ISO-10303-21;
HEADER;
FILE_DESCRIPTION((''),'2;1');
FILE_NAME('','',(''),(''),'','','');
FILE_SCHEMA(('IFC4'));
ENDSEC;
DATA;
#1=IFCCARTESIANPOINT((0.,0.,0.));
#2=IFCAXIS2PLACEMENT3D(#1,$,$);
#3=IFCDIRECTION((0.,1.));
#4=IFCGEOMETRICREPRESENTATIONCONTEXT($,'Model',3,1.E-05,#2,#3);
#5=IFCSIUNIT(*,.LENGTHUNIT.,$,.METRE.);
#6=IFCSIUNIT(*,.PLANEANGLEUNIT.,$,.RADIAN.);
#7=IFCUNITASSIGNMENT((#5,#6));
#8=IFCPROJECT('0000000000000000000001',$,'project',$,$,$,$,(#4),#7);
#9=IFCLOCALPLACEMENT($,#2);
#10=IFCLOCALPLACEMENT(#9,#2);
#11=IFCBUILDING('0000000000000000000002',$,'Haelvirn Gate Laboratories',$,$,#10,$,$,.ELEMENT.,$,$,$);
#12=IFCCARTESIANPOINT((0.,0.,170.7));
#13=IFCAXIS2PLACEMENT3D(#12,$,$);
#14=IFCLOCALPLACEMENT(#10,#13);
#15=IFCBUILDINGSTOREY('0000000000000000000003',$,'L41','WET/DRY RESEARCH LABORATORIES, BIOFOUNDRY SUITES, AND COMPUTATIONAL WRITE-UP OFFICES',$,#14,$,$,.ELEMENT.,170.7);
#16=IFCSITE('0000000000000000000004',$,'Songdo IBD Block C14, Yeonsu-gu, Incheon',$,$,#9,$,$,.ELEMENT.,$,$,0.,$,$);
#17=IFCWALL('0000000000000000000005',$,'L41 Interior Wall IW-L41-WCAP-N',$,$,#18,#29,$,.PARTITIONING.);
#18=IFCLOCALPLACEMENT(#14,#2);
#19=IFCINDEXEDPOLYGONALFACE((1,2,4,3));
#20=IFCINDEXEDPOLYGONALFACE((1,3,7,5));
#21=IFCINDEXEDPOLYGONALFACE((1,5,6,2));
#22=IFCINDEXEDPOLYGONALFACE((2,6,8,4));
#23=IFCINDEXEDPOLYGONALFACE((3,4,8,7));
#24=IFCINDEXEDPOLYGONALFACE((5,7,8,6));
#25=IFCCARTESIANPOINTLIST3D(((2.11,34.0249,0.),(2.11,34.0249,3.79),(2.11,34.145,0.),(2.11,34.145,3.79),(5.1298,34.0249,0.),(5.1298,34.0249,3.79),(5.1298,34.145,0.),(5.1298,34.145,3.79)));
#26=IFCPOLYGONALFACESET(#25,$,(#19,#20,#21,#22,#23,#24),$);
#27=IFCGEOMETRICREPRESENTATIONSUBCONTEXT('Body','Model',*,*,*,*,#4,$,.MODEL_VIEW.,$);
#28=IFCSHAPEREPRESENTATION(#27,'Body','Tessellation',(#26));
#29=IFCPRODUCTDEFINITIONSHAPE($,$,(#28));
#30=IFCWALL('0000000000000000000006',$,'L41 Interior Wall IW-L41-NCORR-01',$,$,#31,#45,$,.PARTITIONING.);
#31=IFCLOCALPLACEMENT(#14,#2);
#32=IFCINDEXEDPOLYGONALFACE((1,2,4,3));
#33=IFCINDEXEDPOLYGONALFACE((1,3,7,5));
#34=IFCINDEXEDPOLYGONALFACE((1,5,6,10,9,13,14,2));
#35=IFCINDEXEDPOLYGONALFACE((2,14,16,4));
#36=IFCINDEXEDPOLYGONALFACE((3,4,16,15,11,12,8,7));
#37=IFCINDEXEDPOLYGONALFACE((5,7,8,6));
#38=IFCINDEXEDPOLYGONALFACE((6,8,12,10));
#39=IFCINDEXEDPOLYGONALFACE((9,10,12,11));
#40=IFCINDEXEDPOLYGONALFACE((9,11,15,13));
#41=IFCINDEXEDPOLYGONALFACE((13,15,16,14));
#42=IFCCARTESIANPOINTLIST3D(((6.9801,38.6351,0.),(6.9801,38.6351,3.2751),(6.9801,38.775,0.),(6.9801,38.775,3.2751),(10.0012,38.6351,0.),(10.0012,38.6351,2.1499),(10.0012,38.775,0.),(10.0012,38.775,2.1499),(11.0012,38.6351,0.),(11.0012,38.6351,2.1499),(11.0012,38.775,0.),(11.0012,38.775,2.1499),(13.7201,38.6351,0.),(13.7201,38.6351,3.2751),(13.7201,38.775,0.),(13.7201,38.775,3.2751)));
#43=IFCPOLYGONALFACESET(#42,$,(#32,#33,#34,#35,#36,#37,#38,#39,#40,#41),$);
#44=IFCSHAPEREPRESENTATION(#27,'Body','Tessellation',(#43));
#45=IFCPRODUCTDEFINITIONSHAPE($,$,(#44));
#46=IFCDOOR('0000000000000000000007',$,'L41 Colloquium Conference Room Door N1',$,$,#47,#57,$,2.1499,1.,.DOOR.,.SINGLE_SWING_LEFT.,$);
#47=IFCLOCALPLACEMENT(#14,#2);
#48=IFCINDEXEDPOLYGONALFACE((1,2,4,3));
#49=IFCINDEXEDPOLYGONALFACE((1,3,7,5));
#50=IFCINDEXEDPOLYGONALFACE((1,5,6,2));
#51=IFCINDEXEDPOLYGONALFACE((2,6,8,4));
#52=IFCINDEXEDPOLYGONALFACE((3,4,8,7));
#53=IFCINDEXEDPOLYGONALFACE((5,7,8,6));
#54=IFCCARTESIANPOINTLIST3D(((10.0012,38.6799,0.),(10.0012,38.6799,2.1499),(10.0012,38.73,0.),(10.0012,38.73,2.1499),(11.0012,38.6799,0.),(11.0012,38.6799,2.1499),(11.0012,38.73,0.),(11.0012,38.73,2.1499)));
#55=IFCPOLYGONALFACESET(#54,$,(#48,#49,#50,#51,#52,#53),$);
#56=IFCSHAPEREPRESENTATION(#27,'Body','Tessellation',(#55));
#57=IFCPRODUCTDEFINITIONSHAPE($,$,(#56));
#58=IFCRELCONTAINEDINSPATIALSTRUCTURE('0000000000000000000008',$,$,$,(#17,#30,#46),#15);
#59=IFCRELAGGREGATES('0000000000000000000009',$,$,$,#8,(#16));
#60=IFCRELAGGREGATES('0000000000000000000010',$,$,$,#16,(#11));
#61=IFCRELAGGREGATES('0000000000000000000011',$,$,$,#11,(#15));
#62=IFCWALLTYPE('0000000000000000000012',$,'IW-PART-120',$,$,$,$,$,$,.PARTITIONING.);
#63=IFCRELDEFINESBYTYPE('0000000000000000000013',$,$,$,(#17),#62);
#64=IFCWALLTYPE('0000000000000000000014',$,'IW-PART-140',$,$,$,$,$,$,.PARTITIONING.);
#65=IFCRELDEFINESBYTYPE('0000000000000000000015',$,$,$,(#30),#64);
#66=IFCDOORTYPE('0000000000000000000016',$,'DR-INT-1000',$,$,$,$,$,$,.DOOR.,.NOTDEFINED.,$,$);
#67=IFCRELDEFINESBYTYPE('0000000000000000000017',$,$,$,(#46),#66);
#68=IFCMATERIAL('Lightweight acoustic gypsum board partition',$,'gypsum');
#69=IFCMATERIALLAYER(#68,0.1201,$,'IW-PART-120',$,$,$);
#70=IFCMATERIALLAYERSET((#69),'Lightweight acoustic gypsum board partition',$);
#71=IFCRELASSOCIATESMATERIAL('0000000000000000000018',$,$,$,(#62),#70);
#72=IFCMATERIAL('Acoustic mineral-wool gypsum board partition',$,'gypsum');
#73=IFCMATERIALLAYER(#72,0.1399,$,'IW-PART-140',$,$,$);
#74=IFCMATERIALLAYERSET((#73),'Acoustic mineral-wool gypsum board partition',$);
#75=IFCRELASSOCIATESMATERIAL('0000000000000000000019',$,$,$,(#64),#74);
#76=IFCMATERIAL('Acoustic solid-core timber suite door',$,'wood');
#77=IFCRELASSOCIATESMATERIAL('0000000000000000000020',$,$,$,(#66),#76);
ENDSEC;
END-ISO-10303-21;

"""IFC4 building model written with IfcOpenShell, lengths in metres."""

from ifc_helpers import new_model, si_unit, direction, frame, frame_2d, origin, place, context, subcontext, project, spatial, rectangle, extrude, source, transform, mapped, material, layer, layer_set, type_object, type_shapes, element, fill, save


model = new_model("IFC4")

# Units and contexts
model_context = context("Model", 3, precision=1e-05, world=origin(), true_north=direction((0.0, 1.0)))
body_context = subcontext(model_context, "Body", "Model", "MODEL_VIEW")
ifc_project = project(units=[si_unit("LENGTHUNIT", "METRE"), si_unit("PLANEANGLEUNIT", "RADIAN")], contexts=[model_context])

# Site, building, storey
site_placement = place(None, origin())
site = spatial("IfcSite", under=ifc_project, at=site_placement, Name="Songdo IBD Block C14, Yeonsu-gu, Incheon", CompositionType="ELEMENT", RefElevation=0.0)
building_placement = place(site_placement, origin())
building = spatial("IfcBuilding", under=site, at=building_placement, Name="Haelvirn Gate Laboratories", CompositionType="ELEMENT")
storey_placement = place(building_placement, frame((0.0, 0.0, 170.7)))
storey = spatial("IfcBuildingStorey", under=building, at=storey_placement, Name="L41", Description="WET/DRY RESEARCH LABORATORIES, BIOFOUNDRY SUITES, AND COMPUTATIONAL WRITE-UP OFFICES", CompositionType="ELEMENT", Elevation=170.7)

# Wall
ifc_material_1 = material(Name="Lightweight acoustic gypsum board partition", Category="gypsum")
ifc_layer_1 = layer(ifc_material_1, 0.1201, Name="IW-PART-120")
ifc_layer_set_1 = layer_set([ifc_layer_1], Name="Lightweight acoustic gypsum board partition")
wall_type_1 = type_object("IfcWallType", Name="IW-PART-120", PredefinedType="PARTITIONING", material=ifc_layer_set_1)
wall_1_placement = place(storey_placement, frame((2.1101, 34.085, 0.0), z_axis=(0.0, 0.0, 1.0), x_axis=(1.0, 0.0, 0.0)))
element("IfcWall", 1, at=wall_1_placement, inside=storey, type_object=wall_type_1, Name="L41 Interior Wall IW-L41-WCAP-N", PredefinedType="PARTITIONING", context=body_context, shape_type="SweptSolid", body=[
    extrude(rectangle(XDim=3.0198, YDim=0.1201, at=frame_2d((1.5098, 0.0))), origin(), (0.0, 0.0, 1.0), 3.79),
])

# Wall, opening, door
ifc_material_2 = material(Name="Acoustic mineral-wool gypsum board partition", Category="gypsum")
ifc_layer_2 = layer(ifc_material_2, 0.1399, Name="IW-PART-140")
ifc_layer_set_2 = layer_set([ifc_layer_2], Name="Acoustic mineral-wool gypsum board partition")
wall_type_2 = type_object("IfcWallType", Name="IW-PART-140", PredefinedType="PARTITIONING", material=ifc_layer_set_2)
wall_2_placement = place(storey_placement, frame((6.98, 38.7051, 0.0), z_axis=(0.0, 0.0, 1.0), x_axis=(1.0, 0.0, 0.0)))
wall_2 = element("IfcWall", 2, at=wall_2_placement, inside=storey, type_object=wall_type_2, Name="L41 Interior Wall IW-L41-NCORR-01", PredefinedType="PARTITIONING", context=body_context, shape_type="SweptSolid", body=[
    extrude(rectangle(XDim=6.74, YDim=0.1399, at=frame_2d((3.3701, 0.0))), origin(), (0.0, 0.0, 1.0), 3.2751),
])
opening_placement = place(wall_2_placement, frame((3.0212, 0.0, 0.0)))
opening = element("IfcOpeningElement", 3, at=opening_placement, cuts=wall_2, PredefinedType="OPENING", context=body_context, shape_type="SweptSolid", body=[
    extrude(rectangle(XDim=1.0, YDim=2.1499, at=frame_2d((0.5, 1.075))), frame((0.0, 0.0801, 0.0), z_axis=(0.0, -1.0, 0.0), x_axis=(1.0, 0.0, 0.0)), (0.0, 0.0, 1.0), 0.1599),
])
ifc_material_3 = material(Name="Acoustic solid-core timber suite door", Category="wood")
door_type = type_object("IfcDoorType", Name="DR-INT-1000", OperationType="NOTDEFINED", PredefinedType="DOOR", material=ifc_material_3)
shared_shape_1 = source(origin(), body_context, "Body", "SweptSolid", [
    extrude(rectangle(XDim=1.0, YDim=2.1499, at=frame_2d((0.5, 1.075))), frame((0.0, 0.0249, 0.0), z_axis=(0.0, -1.0, 0.0), x_axis=(1.0, 0.0, 0.0)), (0.0, 0.0, 1.0), 0.05),
])
type_shapes(door_type, [shared_shape_1])
door_placement = place(opening_placement, origin())
door = element("IfcDoor", 4, at=door_placement, inside=storey, type_object=door_type, Name="L41 Colloquium Conference Room Door N1", OperationType="SINGLE_SWING_LEFT", OverallHeight=2.1499, OverallWidth=1.0, PredefinedType="DOOR", context=body_context, shape_type="MappedRepresentation", body=[
    mapped(shared_shape_1, transform((0.0, 0.0, 0.0), scale=1.0)),
])
fill(opening, door)

save(model, "model.ifc")
